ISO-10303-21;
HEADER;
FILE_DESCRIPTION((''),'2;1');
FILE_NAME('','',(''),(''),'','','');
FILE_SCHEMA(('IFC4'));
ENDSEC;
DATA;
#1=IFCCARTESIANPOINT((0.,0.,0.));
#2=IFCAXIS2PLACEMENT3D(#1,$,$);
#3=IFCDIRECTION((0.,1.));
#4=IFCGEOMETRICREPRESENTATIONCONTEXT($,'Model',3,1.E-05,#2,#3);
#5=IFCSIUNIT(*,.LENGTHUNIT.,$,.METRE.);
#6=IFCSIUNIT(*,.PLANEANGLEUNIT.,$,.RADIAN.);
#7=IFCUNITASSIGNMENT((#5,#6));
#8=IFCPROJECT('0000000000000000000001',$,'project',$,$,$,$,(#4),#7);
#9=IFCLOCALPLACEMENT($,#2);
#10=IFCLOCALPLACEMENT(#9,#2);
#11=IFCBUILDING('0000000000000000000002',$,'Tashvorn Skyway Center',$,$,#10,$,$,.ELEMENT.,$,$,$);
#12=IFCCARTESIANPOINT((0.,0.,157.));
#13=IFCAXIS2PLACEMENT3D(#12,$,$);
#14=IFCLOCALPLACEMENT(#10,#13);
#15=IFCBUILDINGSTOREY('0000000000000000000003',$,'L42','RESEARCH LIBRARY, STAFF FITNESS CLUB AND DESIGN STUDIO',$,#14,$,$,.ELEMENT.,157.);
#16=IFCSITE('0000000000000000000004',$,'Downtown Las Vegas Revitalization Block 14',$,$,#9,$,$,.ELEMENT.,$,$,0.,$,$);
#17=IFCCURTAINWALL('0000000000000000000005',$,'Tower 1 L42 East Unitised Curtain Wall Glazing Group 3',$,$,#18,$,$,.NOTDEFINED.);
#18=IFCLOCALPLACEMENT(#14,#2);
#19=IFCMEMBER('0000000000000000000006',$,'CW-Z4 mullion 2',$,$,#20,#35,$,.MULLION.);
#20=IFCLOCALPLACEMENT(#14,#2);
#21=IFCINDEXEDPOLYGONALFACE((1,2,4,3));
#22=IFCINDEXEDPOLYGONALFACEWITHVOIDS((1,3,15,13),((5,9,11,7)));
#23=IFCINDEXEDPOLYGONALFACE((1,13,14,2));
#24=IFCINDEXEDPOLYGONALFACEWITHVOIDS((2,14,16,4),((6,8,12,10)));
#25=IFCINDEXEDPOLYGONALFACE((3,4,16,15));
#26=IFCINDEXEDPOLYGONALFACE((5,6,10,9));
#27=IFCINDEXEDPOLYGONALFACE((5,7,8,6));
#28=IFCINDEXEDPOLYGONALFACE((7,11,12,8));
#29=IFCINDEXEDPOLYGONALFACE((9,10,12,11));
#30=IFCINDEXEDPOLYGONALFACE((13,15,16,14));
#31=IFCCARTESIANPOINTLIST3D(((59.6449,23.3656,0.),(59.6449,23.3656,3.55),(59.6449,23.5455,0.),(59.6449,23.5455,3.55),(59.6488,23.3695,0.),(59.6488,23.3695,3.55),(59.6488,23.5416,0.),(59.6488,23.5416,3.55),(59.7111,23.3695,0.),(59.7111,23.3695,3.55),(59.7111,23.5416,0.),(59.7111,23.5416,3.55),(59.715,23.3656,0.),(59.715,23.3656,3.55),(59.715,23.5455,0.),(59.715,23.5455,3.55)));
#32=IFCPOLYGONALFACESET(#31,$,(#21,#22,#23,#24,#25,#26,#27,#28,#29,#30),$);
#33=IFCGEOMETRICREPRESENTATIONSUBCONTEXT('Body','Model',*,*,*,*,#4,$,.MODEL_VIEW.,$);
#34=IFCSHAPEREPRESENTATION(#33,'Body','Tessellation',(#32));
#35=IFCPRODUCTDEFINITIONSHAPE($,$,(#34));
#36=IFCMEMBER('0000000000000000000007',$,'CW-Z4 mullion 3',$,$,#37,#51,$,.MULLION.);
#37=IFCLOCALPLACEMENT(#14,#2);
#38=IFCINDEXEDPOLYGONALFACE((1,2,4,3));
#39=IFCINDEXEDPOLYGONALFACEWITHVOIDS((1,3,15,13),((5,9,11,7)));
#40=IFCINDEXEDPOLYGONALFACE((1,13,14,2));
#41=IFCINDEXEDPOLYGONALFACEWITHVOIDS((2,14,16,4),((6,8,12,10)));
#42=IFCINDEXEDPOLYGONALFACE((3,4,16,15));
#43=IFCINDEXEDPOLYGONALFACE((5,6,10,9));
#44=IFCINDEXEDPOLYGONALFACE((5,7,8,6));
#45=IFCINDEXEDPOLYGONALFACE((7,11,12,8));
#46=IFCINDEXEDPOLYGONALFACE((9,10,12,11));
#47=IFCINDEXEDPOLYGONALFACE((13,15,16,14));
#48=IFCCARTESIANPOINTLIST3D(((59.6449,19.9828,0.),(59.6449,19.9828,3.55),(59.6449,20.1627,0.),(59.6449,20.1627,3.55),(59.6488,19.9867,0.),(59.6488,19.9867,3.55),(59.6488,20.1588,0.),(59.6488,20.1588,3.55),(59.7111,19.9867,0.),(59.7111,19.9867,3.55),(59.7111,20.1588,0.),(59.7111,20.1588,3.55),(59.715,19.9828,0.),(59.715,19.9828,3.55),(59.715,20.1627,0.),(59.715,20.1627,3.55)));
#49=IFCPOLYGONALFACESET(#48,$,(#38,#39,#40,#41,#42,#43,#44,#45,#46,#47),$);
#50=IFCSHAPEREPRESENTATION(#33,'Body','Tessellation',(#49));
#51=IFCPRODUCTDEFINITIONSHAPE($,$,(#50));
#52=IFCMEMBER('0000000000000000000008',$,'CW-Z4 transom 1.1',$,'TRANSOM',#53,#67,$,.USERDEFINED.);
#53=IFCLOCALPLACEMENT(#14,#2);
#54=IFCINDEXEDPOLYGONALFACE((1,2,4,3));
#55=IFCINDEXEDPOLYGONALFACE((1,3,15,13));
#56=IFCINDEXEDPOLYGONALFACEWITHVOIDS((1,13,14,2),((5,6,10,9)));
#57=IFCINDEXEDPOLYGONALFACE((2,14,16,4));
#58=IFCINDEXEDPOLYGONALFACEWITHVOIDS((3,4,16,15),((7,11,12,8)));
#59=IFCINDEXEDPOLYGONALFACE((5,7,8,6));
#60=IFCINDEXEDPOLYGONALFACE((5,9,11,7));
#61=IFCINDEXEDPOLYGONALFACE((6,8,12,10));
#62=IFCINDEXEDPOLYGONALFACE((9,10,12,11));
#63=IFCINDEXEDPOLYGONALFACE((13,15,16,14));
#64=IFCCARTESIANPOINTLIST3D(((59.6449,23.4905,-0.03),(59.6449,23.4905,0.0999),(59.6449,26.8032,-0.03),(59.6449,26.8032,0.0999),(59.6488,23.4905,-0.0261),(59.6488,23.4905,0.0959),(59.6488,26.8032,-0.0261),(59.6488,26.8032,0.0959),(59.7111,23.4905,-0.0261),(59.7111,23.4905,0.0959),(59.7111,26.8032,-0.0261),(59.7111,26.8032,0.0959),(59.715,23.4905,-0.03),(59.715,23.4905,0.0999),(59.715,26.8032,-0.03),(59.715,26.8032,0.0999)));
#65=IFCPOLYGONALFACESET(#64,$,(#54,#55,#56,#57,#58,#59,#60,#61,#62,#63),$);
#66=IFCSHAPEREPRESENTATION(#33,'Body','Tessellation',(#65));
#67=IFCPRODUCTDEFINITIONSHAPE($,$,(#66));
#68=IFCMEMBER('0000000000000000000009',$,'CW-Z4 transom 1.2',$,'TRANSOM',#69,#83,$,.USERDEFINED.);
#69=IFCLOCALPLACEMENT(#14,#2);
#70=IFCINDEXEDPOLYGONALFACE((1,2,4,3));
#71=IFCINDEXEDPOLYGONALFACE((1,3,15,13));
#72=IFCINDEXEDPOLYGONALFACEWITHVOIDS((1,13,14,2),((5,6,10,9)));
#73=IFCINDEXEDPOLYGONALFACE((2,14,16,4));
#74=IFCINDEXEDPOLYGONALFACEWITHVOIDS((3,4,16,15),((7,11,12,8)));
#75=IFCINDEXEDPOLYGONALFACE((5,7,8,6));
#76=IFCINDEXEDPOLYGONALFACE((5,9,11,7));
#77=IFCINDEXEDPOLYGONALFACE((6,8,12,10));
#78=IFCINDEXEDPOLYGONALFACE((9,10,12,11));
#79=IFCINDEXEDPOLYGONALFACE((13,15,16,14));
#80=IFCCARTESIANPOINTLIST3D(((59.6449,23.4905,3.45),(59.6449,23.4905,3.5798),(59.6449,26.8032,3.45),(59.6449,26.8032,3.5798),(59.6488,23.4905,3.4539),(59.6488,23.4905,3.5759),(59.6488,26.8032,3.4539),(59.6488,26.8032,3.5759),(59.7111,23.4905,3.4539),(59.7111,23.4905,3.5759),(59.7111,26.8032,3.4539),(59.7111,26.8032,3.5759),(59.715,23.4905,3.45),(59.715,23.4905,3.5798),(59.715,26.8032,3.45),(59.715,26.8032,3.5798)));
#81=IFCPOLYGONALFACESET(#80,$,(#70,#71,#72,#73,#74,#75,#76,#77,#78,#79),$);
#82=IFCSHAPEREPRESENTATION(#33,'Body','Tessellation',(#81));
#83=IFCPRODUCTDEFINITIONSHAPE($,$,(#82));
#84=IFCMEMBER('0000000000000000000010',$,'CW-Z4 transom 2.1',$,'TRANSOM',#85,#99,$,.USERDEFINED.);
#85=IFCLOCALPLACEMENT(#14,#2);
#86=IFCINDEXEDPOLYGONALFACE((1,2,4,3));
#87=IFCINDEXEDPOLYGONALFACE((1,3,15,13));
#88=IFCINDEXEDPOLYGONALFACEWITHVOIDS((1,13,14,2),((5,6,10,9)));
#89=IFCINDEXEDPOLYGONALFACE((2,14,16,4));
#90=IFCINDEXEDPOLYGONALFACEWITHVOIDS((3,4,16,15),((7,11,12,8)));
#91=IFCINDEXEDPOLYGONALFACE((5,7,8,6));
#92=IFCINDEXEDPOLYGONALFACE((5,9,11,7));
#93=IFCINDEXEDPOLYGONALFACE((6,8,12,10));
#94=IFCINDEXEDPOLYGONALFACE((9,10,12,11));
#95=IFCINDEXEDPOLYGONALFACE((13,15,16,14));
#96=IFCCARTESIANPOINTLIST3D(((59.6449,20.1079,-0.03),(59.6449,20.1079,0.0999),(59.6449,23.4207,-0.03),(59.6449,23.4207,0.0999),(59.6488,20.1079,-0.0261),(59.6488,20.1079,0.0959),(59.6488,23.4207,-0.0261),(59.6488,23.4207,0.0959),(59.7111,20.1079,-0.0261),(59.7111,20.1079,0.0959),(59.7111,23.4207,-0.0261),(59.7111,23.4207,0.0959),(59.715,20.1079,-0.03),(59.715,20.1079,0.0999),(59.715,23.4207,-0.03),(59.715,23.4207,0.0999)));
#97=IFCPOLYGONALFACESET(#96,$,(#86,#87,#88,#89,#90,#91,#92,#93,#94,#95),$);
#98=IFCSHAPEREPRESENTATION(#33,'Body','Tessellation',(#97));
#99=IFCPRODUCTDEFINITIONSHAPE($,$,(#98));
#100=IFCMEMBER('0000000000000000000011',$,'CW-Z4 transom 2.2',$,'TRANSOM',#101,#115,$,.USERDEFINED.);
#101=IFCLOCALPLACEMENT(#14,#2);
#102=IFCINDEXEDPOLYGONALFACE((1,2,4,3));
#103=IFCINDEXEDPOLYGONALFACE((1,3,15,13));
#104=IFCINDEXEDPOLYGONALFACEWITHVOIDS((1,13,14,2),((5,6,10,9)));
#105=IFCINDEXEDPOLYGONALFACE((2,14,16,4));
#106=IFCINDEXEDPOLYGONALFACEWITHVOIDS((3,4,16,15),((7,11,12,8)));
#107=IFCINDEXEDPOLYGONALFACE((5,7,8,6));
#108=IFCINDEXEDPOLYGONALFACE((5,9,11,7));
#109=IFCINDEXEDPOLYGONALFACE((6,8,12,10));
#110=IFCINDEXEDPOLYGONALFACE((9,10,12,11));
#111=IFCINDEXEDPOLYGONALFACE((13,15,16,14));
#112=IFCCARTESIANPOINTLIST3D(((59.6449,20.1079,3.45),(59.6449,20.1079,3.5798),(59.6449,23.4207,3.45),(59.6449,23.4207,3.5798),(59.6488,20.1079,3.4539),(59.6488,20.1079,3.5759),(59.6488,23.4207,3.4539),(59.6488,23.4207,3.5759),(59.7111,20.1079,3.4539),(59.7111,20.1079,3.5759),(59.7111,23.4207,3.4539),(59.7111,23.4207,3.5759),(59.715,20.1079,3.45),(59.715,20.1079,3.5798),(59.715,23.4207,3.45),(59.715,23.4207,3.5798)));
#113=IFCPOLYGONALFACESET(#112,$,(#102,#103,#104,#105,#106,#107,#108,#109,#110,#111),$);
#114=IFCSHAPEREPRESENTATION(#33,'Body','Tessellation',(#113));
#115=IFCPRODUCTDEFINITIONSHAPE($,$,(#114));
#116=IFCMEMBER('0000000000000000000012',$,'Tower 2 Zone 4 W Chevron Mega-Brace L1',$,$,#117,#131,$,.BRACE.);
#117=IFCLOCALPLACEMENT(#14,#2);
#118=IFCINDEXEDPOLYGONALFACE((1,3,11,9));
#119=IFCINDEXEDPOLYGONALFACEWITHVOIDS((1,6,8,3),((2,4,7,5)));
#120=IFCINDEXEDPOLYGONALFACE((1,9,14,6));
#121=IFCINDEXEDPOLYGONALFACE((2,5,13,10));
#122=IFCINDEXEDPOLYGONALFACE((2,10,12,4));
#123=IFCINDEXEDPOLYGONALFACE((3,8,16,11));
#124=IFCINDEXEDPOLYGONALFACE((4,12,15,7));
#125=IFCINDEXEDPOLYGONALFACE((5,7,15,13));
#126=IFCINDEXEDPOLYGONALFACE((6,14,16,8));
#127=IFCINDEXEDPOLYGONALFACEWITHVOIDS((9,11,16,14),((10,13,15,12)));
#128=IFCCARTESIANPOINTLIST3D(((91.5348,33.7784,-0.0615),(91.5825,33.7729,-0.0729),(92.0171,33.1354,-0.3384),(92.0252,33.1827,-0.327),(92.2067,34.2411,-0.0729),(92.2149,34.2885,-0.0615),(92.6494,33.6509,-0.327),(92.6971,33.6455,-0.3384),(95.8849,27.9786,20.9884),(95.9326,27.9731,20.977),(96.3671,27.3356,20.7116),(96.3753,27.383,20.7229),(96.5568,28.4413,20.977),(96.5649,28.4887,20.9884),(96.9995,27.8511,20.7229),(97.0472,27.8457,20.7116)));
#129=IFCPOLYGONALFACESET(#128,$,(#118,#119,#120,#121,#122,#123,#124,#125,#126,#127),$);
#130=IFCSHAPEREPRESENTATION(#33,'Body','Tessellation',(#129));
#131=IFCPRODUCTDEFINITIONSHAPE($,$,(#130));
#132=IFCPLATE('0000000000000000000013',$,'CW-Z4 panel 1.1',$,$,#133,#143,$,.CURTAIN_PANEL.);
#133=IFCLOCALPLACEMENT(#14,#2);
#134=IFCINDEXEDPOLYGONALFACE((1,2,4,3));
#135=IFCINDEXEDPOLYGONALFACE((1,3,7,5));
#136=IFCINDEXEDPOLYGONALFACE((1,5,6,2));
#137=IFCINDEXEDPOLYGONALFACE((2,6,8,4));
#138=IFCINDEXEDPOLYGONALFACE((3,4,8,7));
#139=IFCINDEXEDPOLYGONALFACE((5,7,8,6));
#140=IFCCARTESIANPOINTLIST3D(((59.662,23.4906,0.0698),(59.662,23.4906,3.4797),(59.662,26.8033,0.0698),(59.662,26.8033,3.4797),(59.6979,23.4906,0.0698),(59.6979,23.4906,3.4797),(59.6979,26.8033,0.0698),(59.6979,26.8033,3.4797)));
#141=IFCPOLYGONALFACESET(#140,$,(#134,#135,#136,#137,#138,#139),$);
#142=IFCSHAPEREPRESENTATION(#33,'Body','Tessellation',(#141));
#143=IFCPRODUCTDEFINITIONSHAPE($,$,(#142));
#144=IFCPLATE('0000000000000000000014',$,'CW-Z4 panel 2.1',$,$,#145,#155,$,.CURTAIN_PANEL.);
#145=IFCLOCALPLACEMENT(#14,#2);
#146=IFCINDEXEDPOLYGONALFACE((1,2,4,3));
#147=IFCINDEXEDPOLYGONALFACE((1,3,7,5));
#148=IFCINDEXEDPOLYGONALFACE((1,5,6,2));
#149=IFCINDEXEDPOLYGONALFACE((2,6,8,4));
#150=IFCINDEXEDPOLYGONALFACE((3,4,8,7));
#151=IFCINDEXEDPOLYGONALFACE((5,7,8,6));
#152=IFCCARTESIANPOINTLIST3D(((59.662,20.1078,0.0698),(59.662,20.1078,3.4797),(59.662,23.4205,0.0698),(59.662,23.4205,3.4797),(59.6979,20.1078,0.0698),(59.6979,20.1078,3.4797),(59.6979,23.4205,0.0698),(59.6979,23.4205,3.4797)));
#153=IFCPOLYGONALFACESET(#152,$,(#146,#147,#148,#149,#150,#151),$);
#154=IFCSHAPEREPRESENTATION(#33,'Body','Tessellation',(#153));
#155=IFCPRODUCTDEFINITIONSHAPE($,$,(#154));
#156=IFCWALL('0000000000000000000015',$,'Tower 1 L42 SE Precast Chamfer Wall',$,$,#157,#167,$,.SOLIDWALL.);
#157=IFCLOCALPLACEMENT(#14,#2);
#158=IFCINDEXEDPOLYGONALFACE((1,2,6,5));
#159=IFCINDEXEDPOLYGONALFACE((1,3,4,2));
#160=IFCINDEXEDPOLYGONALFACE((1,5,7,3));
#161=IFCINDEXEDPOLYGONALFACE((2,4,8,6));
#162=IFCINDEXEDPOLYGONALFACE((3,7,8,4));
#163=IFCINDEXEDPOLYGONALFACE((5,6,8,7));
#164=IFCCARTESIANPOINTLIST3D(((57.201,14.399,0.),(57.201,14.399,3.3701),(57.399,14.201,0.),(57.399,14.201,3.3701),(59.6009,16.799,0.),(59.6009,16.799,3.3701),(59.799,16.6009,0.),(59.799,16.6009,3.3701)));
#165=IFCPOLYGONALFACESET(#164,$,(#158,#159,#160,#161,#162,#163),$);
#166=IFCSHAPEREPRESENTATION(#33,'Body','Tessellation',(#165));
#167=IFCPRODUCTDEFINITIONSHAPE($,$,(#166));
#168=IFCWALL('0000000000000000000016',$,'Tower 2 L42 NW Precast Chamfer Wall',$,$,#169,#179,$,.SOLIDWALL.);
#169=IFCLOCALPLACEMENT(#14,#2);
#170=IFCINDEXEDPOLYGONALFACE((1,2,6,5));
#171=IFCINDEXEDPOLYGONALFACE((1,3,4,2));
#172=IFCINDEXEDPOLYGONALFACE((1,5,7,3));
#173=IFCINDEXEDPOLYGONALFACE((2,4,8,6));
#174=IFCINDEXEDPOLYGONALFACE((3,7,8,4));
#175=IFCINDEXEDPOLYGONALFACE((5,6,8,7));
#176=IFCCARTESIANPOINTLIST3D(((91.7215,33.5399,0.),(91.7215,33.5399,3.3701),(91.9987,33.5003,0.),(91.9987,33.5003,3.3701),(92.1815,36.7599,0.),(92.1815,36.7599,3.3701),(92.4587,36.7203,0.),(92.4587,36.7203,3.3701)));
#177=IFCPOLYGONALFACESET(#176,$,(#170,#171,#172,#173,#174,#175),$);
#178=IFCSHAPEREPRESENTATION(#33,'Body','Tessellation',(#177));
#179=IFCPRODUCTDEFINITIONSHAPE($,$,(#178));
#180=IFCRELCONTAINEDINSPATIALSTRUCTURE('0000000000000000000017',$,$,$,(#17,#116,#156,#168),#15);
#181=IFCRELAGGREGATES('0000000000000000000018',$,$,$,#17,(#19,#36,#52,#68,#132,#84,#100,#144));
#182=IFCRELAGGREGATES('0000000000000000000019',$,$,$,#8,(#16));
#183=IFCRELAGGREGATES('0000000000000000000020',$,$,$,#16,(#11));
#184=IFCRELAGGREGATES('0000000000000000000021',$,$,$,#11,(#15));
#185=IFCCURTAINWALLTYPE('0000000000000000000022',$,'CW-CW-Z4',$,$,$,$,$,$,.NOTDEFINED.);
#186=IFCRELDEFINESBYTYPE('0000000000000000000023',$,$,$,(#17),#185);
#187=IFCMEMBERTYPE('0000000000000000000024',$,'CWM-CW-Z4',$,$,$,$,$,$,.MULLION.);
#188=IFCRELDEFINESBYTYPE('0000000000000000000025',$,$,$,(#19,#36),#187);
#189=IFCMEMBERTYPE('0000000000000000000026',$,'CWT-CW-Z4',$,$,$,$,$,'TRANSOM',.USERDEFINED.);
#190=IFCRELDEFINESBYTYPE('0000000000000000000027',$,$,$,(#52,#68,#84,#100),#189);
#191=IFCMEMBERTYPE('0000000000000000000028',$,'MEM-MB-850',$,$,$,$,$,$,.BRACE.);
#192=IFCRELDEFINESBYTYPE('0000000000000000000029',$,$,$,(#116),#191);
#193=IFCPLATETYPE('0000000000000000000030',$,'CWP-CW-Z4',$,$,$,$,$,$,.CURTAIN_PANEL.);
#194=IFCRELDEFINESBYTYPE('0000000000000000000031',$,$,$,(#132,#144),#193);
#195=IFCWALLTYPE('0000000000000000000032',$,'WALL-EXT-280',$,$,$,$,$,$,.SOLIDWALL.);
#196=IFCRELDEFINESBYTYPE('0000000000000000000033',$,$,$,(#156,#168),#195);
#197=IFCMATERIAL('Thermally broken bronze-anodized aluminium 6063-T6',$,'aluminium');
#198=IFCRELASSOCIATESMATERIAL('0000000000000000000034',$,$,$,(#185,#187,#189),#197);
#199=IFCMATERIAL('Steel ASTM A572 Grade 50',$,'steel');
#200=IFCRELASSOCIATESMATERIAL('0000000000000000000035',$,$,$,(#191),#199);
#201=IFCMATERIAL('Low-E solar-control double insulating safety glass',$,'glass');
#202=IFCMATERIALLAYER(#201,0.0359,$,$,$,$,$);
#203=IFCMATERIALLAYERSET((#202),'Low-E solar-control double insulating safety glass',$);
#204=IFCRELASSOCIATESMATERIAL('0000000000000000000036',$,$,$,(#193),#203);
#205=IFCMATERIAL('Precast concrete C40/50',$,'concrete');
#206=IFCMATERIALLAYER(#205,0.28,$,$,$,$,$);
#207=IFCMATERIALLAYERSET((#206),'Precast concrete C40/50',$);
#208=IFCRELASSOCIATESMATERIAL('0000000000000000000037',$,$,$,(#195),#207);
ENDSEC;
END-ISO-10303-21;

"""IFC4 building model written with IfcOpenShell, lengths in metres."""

from ifc_helpers import new_model, si_unit, direction, frame, frame_2d, origin, origin_2d, place, context, subcontext, project, spatial, rectangle, hollow_rectangle, extrude, material, layer, layer_set, material_profile, profile_set, type_object, element, aggregate, save


model = new_model("IFC4")

# Units and contexts
model_context = context("Model", 3, precision=1e-05, world=origin(), true_north=direction((0.0, 1.0)))
body_context = subcontext(model_context, "Body", "Model", "MODEL_VIEW")
ifc_project = project(units=[si_unit("LENGTHUNIT", "METRE"), si_unit("PLANEANGLEUNIT", "RADIAN")], contexts=[model_context])

# Site, building, storey
site_placement = place(None, origin())
site = spatial("IfcSite", under=ifc_project, at=site_placement, Name="Downtown Las Vegas Revitalization Block 14", CompositionType="ELEMENT", RefElevation=0.0)
building_placement = place(site_placement, origin())
building = spatial("IfcBuilding", under=site, at=building_placement, Name="Tashvorn Skyway Center", CompositionType="ELEMENT")
storey_placement = place(building_placement, frame((0.0, 0.0, 157.0)))
storey = spatial("IfcBuildingStorey", under=building, at=storey_placement, Name="L42", Description="RESEARCH LIBRARY, STAFF FITNESS CLUB AND DESIGN STUDIO", CompositionType="ELEMENT", Elevation=157.0)

# Curtain wall, members
ifc_material_1 = material(Name="Thermally broken bronze-anodized aluminium 6063-T6", Category="aluminium")
curtain_wall_type = type_object("IfcCurtainWallType", Name="CW-CW-Z4", PredefinedType="NOTDEFINED", material=ifc_material_1)
curtain_wall_placement = place(storey_placement, origin())
curtain_wall = element("IfcCurtainWall", 1, at=curtain_wall_placement, inside=storey, type_object=curtain_wall_type, Name="Tower 1 L42 East Unitised Curtain Wall Glazing Group 3", PredefinedType="NOTDEFINED")
ifc_material_profile_1 = material_profile(ifc_material_1, hollow_rectangle(XDim=0.0701, YDim=0.1799, WallThickness=0.0039, at=origin_2d()), Name="ALU-MULL-70x180")
ifc_profile_set_1 = profile_set([ifc_material_profile_1], Name="Thermally broken bronze-anodized aluminium 6063-T6")
member_type_1 = type_object("IfcMemberType", Name="CWM-CW-Z4", PredefinedType="MULLION", material=ifc_profile_set_1)
member_1_placement = place(storey_placement, frame((59.6799, 23.4556, 0.0), z_axis=(0.0, 0.0, 1.0), x_axis=(1.0, 0.0, 0.0)))
member_1 = element("IfcMember", 2, at=member_1_placement, type_object=member_type_1, Name="CW-Z4 mullion 2", PredefinedType="MULLION", context=body_context, shape_type="SweptSolid", body=[
    extrude(hollow_rectangle(XDim=0.0701, YDim=0.1799, WallThickness=0.0039, at=origin_2d()), origin(), (0.0, 0.0, 1.0), 3.55),
])
member_2_placement = place(storey_placement, frame((59.6799, 20.0728, 0.0), z_axis=(0.0, 0.0, 1.0), x_axis=(1.0, 0.0, 0.0)))
member_2 = element("IfcMember", 3, at=member_2_placement, type_object=member_type_1, Name="CW-Z4 mullion 3", PredefinedType="MULLION", context=body_context, shape_type="SweptSolid", body=[
    extrude(hollow_rectangle(XDim=0.0701, YDim=0.1799, WallThickness=0.0039, at=origin_2d()), origin(), (0.0, 0.0, 1.0), 3.55),
])
ifc_material_profile_2 = material_profile(ifc_material_1, hollow_rectangle(XDim=0.0701, YDim=0.1299, WallThickness=0.0039, at=origin_2d()), Name="ALU-TRAN-70x130")
ifc_profile_set_2 = profile_set([ifc_material_profile_2], Name="Thermally broken bronze-anodized aluminium 6063-T6")
member_type_2 = type_object("IfcMemberType", Name="CWT-CW-Z4", ElementType="TRANSOM", PredefinedType="USERDEFINED", material=ifc_profile_set_2)
member_3_placement = place(storey_placement, frame((59.6799, 26.8032, 0.0349), z_axis=(0.0, -1.0, 0.0), x_axis=(1.0, 0.0, 0.0)))
member_3 = element("IfcMember", 4, at=member_3_placement, type_object=member_type_2, Name="CW-Z4 transom 1.1", ObjectType="TRANSOM", PredefinedType="USERDEFINED", context=body_context, shape_type="SweptSolid", body=[
    extrude(hollow_rectangle(XDim=0.0701, YDim=0.1299, WallThickness=0.0039, at=origin_2d()), origin(), (0.0, 0.0, 1.0), 3.3127),
])
member_4_placement = place(storey_placement, frame((59.6799, 26.8032, 3.5149), z_axis=(0.0, -1.0, 0.0), x_axis=(1.0, 0.0, 0.0)))
member_4 = element("IfcMember", 5, at=member_4_placement, type_object=member_type_2, Name="CW-Z4 transom 1.2", ObjectType="TRANSOM", PredefinedType="USERDEFINED", context=body_context, shape_type="SweptSolid", body=[
    extrude(hollow_rectangle(XDim=0.0701, YDim=0.1299, WallThickness=0.0039, at=origin_2d()), origin(), (0.0, 0.0, 1.0), 3.3127),
])
member_5_placement = place(storey_placement, frame((59.6799, 23.4207, 0.0349), z_axis=(0.0, -1.0, 0.0), x_axis=(1.0, 0.0, 0.0)))
member_5 = element("IfcMember", 6, at=member_5_placement, type_object=member_type_2, Name="CW-Z4 transom 2.1", ObjectType="TRANSOM", PredefinedType="USERDEFINED", context=body_context, shape_type="SweptSolid", body=[
    extrude(hollow_rectangle(XDim=0.0701, YDim=0.1299, WallThickness=0.0039, at=origin_2d()), origin(), (0.0, 0.0, 1.0), 3.3127),
])
member_6_placement = place(storey_placement, frame((59.6799, 23.4207, 3.5149), z_axis=(0.0, -1.0, 0.0), x_axis=(1.0, 0.0, 0.0)))
member_6 = element("IfcMember", 7, at=member_6_placement, type_object=member_type_2, Name="CW-Z4 transom 2.2", ObjectType="TRANSOM", PredefinedType="USERDEFINED", context=body_context, shape_type="SweptSolid", body=[
    extrude(hollow_rectangle(XDim=0.0701, YDim=0.1299, WallThickness=0.0039, at=origin_2d()), origin(), (0.0, 0.0, 1.0), 3.3127),
])

# Member
ifc_material_2 = material(Name="Steel ASTM A572 Grade 50", Category="steel")
ifc_material_profile_3 = material_profile(ifc_material_2, hollow_rectangle(XDim=0.8501, YDim=0.8501, WallThickness=0.0349, at=origin_2d()), Name="BOX850x850x35")
ifc_profile_set_3 = profile_set([ifc_material_profile_3], Name="Steel ASTM A572 Grade 50")
member_type_3 = type_object("IfcMemberType", Name="MEM-MB-850", PredefinedType="BRACE", material=ifc_profile_set_3)
member_7_placement = place(storey_placement, frame((92.116, 33.7119, -0.2), z_axis=(0.195391, -0.260507, 0.945494), x_axis=(0.799984, 0.600022, 0.0)))
element("IfcMember", 8, at=member_7_placement, inside=storey, type_object=member_type_3, Name="Tower 2 Zone 4 W Chevron Mega-Brace L1", PredefinedType="BRACE", context=body_context, shape_type="SweptSolid", body=[
    extrude(hollow_rectangle(XDim=0.8501, YDim=0.8501, WallThickness=0.0349, at=origin_2d()), origin(), (0.0, 0.0, 1.0), 22.2634),
])

# Plates
ifc_material_3 = material(Name="Low-E solar-control double insulating safety glass", Category="glass")
ifc_layer_1 = layer(ifc_material_3, 0.0359)
ifc_layer_set_1 = layer_set([ifc_layer_1], Name="Low-E solar-control double insulating safety glass")
plate_type = type_object("IfcPlateType", Name="CWP-CW-Z4", PredefinedType="CURTAIN_PANEL", material=ifc_layer_set_1)
plate_1_placement = place(storey_placement, frame((59.6799, 25.147, 0.0698), z_axis=(0.0, 0.0, 1.0), x_axis=(0.0, -1.0, 0.0)))
plate_1 = element("IfcPlate", 9, at=plate_1_placement, type_object=plate_type, Name="CW-Z4 panel 1.1", PredefinedType="CURTAIN_PANEL", context=body_context, shape_type="SweptSolid", body=[
    extrude(rectangle(XDim=3.3127, YDim=0.0359, at=origin_2d()), origin(), (0.0, 0.0, 1.0), 3.4099),
])
plate_2_placement = place(storey_placement, frame((59.6799, 21.7642, 0.0698), z_axis=(0.0, 0.0, 1.0), x_axis=(0.0, -1.0, 0.0)))
plate_2 = element("IfcPlate", 10, at=plate_2_placement, type_object=plate_type, Name="CW-Z4 panel 2.1", PredefinedType="CURTAIN_PANEL", context=body_context, shape_type="SweptSolid", body=[
    extrude(rectangle(XDim=3.3127, YDim=0.0359, at=origin_2d()), origin(), (0.0, 0.0, 1.0), 3.4099),
])
aggregate(curtain_wall, [member_1, member_2, member_3, member_4, plate_1, member_5, member_6, plate_2])

# Walls
ifc_material_4 = material(Name="Precast concrete C40/50", Category="concrete")
ifc_layer_2 = layer(ifc_material_4, 0.28)
ifc_layer_set_2 = layer_set([ifc_layer_2], Name="Precast concrete C40/50")
wall_type_1 = type_object("IfcWallType", Name="WALL-EXT-280", PredefinedType="SOLIDWALL", material=ifc_layer_set_2)
wall_1_placement = place(storey_placement, frame((59.7, 16.7, 0.0), z_axis=(0.0, 0.0, 1.0), x_axis=(-0.707107, -0.707107, 0.0)))
element("IfcWall", 11, at=wall_1_placement, inside=storey, type_object=wall_type_1, Name="Tower 1 L42 SE Precast Chamfer Wall", PredefinedType="SOLIDWALL", context=body_context, shape_type="SweptSolid", body=[
    extrude(rectangle(XDim=3.394, YDim=0.28, at=frame_2d((1.697, 0.0))), origin(), (0.0, 0.0, 1.0), 3.3701),
])
wall_2_placement = place(storey_placement, frame((91.8601, 33.52, 0.0), z_axis=(0.0, 0.0, 1.0), x_axis=(0.141411, 0.989951, 0.0)))
element("IfcWall", 12, at=wall_2_placement, inside=storey, type_object=wall_type_1, Name="Tower 2 L42 NW Precast Chamfer Wall", PredefinedType="SOLIDWALL", context=body_context, shape_type="SweptSolid", body=[
    extrude(rectangle(XDim=3.2527, YDim=0.28, at=frame_2d((1.6265, 0.0))), origin(), (0.0, 0.0, 1.0), 3.3701),
])

save(model, "model.ifc")
